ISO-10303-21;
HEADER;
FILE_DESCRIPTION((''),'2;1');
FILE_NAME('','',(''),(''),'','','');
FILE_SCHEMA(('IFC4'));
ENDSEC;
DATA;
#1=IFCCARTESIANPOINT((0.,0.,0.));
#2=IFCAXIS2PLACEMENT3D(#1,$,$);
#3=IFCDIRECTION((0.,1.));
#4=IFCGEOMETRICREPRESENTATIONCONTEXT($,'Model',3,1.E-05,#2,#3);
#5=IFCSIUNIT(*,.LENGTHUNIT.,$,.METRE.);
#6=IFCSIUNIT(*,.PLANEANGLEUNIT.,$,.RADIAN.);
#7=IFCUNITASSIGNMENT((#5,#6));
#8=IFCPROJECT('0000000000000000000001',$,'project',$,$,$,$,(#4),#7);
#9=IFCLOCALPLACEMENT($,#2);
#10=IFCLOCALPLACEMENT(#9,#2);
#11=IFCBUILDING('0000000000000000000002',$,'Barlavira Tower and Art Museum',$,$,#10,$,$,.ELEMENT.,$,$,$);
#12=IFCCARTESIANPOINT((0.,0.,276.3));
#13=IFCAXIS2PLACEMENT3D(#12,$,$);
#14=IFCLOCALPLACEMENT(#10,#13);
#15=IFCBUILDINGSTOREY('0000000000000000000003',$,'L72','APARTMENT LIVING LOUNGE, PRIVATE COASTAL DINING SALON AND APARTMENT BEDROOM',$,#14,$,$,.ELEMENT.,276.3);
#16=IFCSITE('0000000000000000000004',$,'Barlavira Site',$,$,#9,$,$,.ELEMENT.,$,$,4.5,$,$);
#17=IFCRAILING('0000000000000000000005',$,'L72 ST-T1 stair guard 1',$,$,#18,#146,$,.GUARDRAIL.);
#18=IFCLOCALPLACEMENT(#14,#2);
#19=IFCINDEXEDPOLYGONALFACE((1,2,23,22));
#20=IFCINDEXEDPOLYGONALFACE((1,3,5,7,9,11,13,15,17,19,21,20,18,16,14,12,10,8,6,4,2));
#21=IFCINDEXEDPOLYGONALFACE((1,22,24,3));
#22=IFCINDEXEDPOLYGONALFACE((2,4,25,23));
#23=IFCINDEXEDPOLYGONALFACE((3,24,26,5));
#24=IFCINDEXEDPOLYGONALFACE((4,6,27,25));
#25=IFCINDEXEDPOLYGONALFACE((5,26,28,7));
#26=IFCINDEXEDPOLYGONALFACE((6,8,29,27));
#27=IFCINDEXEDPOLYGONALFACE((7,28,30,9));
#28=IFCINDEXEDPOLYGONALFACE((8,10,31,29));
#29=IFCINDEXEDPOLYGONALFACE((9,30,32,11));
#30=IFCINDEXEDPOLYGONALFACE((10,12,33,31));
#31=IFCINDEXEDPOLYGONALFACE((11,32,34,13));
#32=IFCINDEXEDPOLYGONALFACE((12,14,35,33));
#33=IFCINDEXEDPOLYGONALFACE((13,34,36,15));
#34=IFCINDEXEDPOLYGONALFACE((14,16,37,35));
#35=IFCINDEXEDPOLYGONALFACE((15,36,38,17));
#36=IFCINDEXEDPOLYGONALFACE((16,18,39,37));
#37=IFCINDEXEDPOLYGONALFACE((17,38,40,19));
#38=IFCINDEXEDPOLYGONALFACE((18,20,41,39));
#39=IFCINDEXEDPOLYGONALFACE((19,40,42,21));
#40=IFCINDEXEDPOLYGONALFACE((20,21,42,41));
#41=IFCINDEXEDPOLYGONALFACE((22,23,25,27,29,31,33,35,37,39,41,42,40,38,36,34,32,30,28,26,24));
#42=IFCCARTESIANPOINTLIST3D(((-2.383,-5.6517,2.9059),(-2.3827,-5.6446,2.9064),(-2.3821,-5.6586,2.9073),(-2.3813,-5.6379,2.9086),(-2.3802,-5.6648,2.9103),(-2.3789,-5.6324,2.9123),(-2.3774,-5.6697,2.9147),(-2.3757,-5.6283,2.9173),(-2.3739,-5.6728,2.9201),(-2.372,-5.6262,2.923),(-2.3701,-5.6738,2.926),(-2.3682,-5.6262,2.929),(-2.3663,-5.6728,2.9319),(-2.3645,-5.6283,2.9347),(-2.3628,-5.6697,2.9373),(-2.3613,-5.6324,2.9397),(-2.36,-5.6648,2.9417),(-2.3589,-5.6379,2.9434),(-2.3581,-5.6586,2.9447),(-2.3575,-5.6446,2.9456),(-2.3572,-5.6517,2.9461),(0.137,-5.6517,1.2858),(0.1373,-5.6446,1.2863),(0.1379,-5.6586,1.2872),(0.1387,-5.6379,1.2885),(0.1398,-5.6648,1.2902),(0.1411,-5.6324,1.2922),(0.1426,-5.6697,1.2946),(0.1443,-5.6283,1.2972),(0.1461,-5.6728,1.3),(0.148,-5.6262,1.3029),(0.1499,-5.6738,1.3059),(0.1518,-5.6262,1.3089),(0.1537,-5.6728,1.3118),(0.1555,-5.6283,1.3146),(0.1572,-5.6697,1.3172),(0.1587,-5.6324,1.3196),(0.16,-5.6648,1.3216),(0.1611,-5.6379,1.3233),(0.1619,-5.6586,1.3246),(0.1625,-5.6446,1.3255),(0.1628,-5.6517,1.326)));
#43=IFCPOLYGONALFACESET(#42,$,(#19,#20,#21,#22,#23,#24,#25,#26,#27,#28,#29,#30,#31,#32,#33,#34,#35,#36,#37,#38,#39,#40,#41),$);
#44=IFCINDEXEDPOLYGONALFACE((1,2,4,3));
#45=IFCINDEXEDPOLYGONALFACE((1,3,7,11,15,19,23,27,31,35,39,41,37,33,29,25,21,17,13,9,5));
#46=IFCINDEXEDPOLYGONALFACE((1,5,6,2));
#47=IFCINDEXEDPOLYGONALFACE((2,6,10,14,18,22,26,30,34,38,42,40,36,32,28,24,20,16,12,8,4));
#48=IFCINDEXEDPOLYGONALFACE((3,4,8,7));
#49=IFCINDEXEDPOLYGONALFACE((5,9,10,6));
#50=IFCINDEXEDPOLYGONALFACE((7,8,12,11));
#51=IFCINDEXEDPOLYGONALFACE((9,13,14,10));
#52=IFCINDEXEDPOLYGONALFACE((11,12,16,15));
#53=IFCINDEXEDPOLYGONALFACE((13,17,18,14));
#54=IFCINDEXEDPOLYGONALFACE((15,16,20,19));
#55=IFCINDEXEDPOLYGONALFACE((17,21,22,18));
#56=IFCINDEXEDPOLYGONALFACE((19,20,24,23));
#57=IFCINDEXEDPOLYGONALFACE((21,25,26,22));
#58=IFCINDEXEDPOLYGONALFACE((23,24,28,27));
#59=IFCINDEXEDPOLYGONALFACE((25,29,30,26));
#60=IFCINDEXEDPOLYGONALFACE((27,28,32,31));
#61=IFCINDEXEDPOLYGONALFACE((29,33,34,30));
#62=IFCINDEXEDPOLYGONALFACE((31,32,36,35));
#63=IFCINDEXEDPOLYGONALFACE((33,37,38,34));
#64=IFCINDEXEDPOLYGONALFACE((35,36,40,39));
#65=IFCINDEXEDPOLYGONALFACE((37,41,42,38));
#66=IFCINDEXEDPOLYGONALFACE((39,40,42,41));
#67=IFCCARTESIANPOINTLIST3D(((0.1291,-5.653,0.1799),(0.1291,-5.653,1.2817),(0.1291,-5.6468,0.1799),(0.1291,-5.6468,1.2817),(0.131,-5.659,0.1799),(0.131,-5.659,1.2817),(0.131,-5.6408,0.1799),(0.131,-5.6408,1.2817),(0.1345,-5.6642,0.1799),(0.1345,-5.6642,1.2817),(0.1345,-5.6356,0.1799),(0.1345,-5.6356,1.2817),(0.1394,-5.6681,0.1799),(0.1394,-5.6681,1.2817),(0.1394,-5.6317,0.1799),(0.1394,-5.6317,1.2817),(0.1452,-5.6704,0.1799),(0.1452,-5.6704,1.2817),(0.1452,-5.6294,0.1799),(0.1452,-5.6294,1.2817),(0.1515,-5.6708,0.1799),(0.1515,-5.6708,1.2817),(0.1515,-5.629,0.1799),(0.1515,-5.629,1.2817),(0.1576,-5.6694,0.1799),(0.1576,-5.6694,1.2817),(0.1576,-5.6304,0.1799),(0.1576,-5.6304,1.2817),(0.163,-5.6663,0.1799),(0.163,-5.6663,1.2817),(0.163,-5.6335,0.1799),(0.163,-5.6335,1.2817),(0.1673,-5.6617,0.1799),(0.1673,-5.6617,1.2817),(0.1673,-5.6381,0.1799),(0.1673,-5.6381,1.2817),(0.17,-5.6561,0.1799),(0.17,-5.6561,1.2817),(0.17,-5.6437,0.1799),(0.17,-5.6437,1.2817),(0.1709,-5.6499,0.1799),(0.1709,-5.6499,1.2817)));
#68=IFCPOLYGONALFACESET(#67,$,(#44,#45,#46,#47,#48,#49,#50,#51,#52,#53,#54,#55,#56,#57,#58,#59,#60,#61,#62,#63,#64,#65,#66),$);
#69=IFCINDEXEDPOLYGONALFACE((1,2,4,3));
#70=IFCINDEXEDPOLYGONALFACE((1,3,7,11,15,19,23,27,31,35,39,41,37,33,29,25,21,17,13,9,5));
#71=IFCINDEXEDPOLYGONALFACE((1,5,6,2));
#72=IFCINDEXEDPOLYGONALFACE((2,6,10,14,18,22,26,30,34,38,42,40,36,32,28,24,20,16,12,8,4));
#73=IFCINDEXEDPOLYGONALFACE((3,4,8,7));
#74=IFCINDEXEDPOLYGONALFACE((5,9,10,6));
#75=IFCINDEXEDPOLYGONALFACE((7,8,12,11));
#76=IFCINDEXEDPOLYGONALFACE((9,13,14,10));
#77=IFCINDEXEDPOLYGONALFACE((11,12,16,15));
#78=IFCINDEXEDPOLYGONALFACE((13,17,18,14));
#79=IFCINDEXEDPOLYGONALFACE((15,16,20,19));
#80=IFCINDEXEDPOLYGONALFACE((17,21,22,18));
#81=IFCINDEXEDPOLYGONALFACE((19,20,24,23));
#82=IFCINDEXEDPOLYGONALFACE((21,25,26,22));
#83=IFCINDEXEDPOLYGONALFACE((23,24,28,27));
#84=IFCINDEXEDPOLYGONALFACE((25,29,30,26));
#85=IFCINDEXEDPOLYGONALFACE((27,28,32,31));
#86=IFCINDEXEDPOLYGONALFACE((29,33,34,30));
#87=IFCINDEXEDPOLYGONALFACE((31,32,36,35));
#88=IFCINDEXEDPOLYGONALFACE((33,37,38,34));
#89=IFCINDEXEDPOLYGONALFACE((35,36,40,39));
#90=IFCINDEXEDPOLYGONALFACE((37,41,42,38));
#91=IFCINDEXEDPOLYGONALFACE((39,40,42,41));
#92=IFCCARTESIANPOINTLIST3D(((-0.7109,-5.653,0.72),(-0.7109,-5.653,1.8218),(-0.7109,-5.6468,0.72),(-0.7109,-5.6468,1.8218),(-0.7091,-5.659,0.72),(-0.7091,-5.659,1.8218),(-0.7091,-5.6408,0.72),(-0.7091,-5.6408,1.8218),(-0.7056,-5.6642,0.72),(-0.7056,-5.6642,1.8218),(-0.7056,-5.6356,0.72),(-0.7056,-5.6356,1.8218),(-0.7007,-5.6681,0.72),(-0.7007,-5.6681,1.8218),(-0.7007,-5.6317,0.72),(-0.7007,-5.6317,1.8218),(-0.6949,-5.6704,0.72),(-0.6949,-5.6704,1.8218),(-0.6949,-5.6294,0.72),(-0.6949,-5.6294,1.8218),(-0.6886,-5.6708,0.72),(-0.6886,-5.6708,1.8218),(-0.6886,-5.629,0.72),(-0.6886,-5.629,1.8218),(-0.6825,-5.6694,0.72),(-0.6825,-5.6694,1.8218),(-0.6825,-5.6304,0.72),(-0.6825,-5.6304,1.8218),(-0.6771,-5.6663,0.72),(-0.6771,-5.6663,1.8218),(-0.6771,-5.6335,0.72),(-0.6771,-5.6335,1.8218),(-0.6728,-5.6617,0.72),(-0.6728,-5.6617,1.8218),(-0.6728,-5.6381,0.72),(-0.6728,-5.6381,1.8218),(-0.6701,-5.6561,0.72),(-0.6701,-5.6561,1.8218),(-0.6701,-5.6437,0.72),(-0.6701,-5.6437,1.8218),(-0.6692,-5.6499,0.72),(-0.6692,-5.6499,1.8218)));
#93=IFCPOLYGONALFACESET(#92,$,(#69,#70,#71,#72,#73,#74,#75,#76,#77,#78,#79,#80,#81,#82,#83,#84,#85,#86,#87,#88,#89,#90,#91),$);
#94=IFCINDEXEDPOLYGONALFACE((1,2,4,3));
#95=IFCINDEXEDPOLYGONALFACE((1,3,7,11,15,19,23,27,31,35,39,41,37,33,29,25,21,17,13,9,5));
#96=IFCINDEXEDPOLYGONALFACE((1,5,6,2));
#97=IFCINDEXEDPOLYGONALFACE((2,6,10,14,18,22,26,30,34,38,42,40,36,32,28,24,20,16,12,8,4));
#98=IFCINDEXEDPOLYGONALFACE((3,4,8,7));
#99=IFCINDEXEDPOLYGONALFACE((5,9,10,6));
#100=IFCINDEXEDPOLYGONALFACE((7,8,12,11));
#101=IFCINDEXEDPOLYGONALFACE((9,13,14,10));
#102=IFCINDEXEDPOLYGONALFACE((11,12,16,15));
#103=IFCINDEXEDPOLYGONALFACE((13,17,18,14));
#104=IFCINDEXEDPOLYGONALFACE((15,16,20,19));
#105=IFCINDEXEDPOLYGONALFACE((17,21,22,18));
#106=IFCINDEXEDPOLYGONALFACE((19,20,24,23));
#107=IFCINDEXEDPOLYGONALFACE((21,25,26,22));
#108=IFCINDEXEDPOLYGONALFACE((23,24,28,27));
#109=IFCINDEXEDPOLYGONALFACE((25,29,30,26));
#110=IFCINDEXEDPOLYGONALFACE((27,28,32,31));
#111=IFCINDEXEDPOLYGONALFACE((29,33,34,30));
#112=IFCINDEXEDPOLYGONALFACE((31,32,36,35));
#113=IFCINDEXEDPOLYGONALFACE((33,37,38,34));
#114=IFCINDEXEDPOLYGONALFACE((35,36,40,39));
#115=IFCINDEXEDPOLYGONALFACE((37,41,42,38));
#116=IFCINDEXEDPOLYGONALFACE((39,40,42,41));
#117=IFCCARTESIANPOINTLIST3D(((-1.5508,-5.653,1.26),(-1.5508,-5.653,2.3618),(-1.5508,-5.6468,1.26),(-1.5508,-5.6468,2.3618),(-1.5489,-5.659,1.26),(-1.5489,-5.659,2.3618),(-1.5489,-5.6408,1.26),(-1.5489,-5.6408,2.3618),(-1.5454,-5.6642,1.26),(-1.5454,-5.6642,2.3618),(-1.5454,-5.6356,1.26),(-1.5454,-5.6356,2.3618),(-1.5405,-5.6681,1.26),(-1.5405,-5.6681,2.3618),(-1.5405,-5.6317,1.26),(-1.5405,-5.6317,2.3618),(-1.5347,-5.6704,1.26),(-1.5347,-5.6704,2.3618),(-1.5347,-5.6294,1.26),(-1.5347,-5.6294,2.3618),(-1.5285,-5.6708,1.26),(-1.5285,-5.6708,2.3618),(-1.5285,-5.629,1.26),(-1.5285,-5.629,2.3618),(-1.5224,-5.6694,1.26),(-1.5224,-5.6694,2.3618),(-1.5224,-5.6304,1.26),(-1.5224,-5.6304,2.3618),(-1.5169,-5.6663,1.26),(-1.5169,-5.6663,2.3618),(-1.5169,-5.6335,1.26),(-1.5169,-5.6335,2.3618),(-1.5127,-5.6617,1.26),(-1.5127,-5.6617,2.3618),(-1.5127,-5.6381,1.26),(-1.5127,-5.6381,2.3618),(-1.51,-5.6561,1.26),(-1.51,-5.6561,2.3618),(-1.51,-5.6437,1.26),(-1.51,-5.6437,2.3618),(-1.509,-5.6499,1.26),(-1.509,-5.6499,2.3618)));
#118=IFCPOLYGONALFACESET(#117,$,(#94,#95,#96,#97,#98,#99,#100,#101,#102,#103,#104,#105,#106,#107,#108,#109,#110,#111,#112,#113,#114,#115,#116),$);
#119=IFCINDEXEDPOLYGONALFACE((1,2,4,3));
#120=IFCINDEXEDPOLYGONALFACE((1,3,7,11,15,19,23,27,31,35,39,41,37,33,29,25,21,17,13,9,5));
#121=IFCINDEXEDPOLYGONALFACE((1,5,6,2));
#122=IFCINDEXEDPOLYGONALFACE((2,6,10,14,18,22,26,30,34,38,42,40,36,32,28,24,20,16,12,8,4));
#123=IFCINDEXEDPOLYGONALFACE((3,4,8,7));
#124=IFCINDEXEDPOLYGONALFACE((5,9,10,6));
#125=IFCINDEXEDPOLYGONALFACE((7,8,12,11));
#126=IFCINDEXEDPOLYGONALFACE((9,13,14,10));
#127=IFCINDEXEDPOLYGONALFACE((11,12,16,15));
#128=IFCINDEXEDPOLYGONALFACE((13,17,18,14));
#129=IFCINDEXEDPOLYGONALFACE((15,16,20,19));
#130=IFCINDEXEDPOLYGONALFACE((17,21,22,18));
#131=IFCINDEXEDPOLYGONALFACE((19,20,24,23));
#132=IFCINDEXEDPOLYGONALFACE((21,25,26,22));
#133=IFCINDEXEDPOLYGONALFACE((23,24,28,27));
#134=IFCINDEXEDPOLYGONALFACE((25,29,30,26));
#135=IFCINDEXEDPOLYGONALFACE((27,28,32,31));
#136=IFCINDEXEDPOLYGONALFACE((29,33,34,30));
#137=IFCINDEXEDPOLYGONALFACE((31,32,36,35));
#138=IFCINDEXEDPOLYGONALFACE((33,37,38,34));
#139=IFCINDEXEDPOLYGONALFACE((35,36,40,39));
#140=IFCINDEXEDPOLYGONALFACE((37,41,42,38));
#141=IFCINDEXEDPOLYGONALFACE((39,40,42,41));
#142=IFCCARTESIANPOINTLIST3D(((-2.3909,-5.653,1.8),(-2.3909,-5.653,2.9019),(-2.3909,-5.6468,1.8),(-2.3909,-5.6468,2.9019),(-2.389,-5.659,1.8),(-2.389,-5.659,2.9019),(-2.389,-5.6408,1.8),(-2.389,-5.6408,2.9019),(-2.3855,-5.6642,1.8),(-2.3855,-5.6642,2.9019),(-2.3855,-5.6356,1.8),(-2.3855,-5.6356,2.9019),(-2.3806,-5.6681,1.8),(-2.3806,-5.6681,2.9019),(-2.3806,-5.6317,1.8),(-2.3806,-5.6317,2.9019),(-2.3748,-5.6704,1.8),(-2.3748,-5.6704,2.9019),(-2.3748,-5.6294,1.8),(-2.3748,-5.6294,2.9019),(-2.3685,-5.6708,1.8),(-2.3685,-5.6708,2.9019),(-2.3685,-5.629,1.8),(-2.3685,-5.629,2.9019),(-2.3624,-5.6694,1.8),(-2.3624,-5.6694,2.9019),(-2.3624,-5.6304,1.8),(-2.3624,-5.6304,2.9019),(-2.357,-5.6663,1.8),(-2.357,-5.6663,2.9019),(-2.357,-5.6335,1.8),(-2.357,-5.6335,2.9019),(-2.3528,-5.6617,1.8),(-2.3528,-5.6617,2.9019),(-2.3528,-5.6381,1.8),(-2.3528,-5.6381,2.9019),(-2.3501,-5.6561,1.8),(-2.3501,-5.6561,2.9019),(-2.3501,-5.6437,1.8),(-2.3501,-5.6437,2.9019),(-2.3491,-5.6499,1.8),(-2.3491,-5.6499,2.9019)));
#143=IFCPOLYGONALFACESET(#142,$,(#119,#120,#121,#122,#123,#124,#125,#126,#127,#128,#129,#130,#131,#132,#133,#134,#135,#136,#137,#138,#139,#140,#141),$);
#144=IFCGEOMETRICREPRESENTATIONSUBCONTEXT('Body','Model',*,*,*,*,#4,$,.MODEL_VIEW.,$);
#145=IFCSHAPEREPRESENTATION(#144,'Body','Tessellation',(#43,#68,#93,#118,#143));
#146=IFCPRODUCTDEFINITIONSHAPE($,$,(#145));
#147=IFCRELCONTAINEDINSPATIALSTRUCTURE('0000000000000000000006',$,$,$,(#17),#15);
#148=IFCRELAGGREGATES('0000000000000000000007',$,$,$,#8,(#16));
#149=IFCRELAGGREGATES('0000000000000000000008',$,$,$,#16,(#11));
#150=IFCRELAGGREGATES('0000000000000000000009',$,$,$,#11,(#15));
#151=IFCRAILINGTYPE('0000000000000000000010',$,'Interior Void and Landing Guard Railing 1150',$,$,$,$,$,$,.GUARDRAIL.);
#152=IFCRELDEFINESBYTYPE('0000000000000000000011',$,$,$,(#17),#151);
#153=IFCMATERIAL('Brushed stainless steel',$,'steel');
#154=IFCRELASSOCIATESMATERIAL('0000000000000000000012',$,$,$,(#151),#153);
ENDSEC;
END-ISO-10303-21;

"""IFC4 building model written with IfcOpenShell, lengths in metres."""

from ifc_helpers import new_model, si_unit, direction, frame, origin, origin_2d, place, context, subcontext, project, spatial, circle, extrude, material, type_object, element, save


model = new_model("IFC4")

# Units and contexts
model_context = context("Model", 3, precision=1e-05, world=origin(), true_north=direction((0.0, 1.0)))
body_context = subcontext(model_context, "Body", "Model", "MODEL_VIEW")
ifc_project = project(units=[si_unit("LENGTHUNIT", "METRE"), si_unit("PLANEANGLEUNIT", "RADIAN")], contexts=[model_context])

# Site, building, storey
site_placement = place(None, origin())
site = spatial("IfcSite", under=ifc_project, at=site_placement, Name="Barlavira Site", CompositionType="ELEMENT", RefElevation=4.5)
building_placement = place(site_placement, origin())
building = spatial("IfcBuilding", under=site, at=building_placement, Name="Barlavira Tower and Art Museum", CompositionType="ELEMENT")
storey_placement = place(building_placement, frame((0.0, 0.0, 276.3)))
storey = spatial("IfcBuildingStorey", under=building, at=storey_placement, Name="L72", Description="APARTMENT LIVING LOUNGE, PRIVATE COASTAL DINING SALON AND APARTMENT BEDROOM", CompositionType="ELEMENT", Elevation=276.3)

# Shared definitions
ifc_material_1 = material(Name="Brushed stainless steel", Category="steel")

# Railing
railing_type_1 = type_object("IfcRailingType", Name="Interior Void and Landing Guard Railing 1150", PredefinedType="GUARDRAIL", material=ifc_material_1)
railing_1_placement = place(storey_placement, frame((0.1499, -5.6499, 0.1799)))
element("IfcRailing", 1, at=railing_1_placement, inside=storey, type_object=railing_type_1, Name="L72 ST-T1 stair guard 1", PredefinedType="GUARDRAIL", context=body_context, shape_type="SweptSolid", body=[
    extrude(circle(Radius=0.0239, at=origin_2d()), frame((0.0, 0.0, 1.126), z_axis=(-0.841163, 0.0, 0.540782), x_axis=(0.0, -1.0, 0.0)), (0.0, 0.0, 1.0), 2.9958),
    extrude(circle(Radius=0.021, at=origin_2d()), origin(), (0.0, 0.0, 1.0), 1.1018),
    extrude(circle(Radius=0.021, at=origin_2d()), frame((-0.8401, 0.0, 0.54)), (0.0, 0.0, 1.0), 1.1018),
    extrude(circle(Radius=0.021, at=origin_2d()), frame((-1.6799, 0.0, 1.0801)), (0.0, 0.0, 1.0), 1.1018),
    extrude(circle(Radius=0.021, at=origin_2d()), frame((-2.52, 0.0, 1.6201)), (0.0, 0.0, 1.0), 1.1018),
])

save(model, "model.ifc")
